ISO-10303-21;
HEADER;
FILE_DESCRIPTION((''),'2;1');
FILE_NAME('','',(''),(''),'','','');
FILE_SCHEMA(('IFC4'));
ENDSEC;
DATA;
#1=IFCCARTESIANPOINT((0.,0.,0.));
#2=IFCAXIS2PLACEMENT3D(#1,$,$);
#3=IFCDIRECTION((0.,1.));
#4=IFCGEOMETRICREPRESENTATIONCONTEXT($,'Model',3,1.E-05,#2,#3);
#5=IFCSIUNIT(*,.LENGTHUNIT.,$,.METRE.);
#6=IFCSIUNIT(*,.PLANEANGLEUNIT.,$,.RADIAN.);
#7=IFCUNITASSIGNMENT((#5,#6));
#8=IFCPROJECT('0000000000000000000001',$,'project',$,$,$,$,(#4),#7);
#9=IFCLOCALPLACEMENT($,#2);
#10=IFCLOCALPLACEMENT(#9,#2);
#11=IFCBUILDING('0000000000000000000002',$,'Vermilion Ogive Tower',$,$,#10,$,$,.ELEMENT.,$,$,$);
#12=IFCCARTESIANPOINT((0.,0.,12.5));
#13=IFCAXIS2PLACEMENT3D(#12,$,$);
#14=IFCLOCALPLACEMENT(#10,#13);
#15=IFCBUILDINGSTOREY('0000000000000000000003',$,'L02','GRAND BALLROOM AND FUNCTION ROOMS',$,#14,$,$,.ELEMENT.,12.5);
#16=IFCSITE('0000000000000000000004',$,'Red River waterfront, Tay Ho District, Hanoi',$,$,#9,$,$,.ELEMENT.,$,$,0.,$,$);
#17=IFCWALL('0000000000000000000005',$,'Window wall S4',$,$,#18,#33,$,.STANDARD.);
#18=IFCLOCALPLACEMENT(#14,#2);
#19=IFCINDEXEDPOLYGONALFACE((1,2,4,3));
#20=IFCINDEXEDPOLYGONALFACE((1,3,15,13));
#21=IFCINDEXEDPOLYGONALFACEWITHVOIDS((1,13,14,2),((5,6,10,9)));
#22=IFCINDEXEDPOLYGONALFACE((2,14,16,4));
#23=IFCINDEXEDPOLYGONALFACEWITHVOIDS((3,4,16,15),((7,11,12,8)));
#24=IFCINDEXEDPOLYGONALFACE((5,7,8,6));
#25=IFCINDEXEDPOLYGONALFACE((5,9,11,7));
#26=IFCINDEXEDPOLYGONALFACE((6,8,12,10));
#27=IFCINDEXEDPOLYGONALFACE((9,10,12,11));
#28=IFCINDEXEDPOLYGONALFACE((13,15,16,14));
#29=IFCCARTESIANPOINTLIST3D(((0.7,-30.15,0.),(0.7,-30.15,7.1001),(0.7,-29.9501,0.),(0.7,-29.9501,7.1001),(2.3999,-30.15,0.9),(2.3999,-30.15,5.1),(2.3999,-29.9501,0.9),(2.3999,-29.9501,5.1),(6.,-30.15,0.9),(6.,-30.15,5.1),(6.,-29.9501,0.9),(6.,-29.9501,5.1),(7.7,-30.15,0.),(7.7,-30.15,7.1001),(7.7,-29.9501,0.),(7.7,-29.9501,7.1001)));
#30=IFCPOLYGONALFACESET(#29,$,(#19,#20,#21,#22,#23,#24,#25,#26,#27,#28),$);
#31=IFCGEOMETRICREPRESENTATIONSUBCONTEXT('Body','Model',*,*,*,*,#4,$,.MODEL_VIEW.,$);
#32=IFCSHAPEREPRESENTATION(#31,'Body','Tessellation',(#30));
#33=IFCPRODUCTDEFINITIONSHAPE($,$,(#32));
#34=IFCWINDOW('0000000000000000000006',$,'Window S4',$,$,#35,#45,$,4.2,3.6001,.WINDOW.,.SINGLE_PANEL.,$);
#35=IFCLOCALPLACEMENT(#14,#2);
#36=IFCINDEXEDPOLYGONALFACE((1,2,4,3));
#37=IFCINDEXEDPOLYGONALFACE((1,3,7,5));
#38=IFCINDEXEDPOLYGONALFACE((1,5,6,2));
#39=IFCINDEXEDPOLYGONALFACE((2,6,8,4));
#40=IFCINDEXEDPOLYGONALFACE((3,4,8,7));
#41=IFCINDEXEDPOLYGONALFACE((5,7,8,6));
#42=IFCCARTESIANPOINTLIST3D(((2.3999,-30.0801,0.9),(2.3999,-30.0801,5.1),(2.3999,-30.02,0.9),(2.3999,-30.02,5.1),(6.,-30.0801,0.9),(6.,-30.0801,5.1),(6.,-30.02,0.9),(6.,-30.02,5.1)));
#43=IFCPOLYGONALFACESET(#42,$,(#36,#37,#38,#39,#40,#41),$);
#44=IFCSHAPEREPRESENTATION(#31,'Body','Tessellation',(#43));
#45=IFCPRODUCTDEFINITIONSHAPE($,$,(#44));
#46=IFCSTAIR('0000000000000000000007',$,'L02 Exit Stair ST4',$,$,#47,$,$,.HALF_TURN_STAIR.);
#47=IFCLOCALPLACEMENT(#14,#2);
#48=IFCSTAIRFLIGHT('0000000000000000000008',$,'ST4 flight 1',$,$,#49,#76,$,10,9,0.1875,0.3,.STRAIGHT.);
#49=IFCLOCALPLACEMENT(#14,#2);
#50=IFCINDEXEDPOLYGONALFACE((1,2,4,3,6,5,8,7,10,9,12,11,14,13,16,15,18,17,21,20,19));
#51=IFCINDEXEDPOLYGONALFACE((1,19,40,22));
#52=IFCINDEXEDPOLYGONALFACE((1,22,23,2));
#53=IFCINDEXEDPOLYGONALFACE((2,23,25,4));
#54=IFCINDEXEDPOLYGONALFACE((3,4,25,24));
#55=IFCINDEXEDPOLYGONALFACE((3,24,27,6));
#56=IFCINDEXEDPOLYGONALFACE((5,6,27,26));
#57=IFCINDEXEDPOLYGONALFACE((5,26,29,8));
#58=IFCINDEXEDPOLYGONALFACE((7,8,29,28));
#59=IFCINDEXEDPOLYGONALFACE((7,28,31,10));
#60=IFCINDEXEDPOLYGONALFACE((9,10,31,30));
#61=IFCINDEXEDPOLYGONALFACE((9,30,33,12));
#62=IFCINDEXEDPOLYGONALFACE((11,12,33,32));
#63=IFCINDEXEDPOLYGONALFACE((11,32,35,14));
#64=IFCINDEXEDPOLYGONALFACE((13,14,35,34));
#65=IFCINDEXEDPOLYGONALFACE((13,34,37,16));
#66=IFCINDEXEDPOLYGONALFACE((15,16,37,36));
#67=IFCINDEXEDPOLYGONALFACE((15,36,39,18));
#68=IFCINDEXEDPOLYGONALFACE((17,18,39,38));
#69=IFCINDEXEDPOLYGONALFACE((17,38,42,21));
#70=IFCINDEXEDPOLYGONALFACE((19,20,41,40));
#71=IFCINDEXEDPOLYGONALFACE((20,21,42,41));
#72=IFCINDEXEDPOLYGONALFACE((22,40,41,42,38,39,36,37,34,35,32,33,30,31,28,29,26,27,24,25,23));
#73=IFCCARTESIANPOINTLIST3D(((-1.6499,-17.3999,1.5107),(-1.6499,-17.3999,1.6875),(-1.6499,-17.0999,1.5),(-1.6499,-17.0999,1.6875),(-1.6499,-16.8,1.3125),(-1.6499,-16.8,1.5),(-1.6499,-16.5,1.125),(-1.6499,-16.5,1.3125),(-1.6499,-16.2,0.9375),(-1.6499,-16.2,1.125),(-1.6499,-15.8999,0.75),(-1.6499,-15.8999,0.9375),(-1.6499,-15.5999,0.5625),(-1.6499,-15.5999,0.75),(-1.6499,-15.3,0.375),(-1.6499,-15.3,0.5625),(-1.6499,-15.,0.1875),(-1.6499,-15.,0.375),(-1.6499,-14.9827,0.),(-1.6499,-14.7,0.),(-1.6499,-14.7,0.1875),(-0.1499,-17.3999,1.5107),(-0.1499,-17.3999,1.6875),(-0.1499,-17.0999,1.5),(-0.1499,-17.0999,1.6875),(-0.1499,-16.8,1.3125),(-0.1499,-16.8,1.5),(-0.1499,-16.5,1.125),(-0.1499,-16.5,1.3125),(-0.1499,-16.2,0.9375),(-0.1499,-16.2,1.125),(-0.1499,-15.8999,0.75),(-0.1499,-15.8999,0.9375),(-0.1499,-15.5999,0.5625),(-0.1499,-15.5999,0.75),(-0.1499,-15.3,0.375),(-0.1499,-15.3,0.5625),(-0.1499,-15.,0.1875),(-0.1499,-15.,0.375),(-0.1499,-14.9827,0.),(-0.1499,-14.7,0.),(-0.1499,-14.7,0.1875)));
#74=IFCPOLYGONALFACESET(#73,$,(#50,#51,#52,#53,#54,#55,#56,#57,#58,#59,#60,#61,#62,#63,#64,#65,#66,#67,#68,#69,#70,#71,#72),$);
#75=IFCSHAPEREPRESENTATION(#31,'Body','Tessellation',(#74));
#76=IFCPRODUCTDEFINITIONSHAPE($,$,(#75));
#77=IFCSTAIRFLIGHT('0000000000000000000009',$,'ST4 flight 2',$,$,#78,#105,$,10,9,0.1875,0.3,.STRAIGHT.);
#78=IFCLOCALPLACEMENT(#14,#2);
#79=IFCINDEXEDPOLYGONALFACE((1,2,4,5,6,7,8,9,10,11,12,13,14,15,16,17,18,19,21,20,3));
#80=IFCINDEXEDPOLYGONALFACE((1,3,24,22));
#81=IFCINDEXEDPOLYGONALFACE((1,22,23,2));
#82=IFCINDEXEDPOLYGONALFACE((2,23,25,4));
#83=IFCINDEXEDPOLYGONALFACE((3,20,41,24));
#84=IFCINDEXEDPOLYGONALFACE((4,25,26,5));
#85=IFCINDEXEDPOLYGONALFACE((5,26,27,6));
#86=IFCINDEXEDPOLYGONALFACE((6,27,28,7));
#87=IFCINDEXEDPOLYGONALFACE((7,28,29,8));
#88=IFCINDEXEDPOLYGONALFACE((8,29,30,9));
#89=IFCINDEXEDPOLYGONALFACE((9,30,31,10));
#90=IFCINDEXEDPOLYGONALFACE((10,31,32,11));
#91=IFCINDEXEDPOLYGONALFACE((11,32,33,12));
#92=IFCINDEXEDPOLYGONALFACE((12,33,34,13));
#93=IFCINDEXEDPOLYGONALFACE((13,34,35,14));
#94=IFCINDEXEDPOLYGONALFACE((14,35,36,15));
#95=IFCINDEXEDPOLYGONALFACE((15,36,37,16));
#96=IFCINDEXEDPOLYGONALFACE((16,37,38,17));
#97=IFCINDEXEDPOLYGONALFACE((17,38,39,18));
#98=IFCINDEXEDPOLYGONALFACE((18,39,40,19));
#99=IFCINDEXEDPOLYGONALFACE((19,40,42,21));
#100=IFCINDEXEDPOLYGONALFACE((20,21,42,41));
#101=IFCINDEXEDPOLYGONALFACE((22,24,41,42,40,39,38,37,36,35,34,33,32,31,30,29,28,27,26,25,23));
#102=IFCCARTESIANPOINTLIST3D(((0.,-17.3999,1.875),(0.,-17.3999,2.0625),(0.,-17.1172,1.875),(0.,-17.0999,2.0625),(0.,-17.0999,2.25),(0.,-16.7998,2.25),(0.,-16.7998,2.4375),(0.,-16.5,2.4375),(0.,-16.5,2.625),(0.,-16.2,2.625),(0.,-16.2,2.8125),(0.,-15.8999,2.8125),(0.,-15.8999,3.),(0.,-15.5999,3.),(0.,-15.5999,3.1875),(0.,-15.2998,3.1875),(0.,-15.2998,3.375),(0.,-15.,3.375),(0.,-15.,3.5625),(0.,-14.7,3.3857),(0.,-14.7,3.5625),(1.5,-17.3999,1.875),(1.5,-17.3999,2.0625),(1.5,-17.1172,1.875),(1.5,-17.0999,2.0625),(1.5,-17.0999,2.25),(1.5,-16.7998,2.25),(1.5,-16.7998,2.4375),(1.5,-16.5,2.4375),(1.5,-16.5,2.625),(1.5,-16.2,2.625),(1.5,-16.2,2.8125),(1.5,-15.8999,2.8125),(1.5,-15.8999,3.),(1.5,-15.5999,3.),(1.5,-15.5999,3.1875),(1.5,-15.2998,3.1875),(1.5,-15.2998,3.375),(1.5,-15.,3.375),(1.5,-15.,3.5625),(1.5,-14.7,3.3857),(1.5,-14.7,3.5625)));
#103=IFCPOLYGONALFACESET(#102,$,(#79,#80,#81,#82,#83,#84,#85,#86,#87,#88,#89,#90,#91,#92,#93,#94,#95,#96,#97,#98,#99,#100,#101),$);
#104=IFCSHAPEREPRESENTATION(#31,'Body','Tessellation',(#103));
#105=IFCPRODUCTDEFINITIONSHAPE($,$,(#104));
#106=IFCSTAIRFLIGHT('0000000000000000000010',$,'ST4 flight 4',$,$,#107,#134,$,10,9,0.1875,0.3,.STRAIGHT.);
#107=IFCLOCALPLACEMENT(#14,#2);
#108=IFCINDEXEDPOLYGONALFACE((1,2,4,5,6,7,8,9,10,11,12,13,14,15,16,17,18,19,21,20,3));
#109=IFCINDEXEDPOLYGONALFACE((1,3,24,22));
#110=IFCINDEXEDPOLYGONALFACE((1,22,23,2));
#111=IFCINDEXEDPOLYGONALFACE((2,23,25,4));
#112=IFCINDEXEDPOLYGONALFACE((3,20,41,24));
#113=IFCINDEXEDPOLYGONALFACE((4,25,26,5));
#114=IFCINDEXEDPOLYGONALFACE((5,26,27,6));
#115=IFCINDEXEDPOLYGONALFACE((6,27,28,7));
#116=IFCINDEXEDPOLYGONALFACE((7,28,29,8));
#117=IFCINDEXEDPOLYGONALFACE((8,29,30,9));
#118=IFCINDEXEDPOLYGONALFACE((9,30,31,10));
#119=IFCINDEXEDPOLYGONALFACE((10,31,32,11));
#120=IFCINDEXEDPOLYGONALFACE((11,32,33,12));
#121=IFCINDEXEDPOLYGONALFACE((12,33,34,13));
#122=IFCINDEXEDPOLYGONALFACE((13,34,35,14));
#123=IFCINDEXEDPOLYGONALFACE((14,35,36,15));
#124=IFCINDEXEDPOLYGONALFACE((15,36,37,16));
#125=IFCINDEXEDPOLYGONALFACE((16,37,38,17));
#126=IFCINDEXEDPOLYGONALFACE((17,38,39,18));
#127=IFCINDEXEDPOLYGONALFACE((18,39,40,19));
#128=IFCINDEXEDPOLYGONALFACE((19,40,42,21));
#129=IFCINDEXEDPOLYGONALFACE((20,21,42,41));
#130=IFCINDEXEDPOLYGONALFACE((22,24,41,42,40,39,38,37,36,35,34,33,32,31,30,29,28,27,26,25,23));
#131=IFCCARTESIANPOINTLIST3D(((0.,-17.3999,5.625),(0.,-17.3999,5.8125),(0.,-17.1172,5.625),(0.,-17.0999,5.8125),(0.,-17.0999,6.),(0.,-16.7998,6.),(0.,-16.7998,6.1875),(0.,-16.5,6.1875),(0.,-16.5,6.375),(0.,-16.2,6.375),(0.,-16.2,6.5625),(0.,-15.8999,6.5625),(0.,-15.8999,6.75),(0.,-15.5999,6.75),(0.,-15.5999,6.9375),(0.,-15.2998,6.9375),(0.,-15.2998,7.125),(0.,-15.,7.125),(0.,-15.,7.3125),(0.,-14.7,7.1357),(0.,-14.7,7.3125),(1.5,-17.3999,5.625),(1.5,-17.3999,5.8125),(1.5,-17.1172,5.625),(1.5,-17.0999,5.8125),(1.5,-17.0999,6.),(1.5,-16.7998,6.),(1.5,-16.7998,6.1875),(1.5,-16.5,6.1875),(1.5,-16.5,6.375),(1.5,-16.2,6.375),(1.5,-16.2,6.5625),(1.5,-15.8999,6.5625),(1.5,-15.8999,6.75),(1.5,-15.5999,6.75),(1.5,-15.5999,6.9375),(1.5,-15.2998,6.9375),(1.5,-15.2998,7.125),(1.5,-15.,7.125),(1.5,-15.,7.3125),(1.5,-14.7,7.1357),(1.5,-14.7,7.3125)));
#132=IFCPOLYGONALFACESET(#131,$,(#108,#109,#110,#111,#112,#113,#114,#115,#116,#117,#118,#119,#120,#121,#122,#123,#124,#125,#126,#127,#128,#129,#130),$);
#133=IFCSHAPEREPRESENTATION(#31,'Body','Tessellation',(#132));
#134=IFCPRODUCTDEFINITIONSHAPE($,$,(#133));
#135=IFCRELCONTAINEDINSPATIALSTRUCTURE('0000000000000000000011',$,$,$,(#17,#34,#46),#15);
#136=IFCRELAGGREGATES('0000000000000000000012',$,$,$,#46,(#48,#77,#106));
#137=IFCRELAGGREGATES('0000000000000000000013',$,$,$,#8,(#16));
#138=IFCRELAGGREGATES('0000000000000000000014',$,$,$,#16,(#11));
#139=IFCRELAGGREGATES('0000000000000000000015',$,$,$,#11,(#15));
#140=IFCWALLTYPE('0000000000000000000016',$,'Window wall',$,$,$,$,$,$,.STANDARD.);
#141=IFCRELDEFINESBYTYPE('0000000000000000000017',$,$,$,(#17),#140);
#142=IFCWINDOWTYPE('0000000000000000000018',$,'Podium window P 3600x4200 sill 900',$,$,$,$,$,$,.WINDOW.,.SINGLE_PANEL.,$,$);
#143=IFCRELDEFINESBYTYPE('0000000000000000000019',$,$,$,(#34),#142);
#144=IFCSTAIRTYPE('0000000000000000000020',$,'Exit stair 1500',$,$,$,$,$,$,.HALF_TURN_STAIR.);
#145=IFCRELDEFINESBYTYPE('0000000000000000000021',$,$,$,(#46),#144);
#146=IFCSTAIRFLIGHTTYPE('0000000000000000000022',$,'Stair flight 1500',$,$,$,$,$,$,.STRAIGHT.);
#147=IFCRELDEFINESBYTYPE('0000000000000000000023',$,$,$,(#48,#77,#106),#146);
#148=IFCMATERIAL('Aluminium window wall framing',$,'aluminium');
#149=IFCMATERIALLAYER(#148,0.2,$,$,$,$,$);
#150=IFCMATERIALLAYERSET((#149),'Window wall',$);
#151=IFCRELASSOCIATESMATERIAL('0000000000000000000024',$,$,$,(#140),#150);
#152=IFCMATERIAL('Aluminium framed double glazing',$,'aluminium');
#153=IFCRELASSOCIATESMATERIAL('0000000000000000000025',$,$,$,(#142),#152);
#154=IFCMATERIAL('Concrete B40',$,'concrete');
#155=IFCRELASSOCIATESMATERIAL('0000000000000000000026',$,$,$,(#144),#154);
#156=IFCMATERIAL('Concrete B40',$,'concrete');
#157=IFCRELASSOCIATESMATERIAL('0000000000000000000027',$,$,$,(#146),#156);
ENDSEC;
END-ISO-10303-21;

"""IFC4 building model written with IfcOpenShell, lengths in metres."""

from ifc_helpers import new_model, si_unit, direction, frame, frame_2d, origin, place, context, subcontext, project, spatial, polyline, rectangle, outline, extrude, material, layer, layer_set, type_object, element, fill, aggregate, save


model = new_model("IFC4")

# Units and contexts
model_context = context("Model", 3, precision=1e-05, world=origin(), true_north=direction((0.0, 1.0)))
body_context = subcontext(model_context, "Body", "Model", "MODEL_VIEW")
ifc_project = project(units=[si_unit("LENGTHUNIT", "METRE"), si_unit("PLANEANGLEUNIT", "RADIAN")], contexts=[model_context])

# Site, building, storey
site_placement = place(None, origin())
site = spatial("IfcSite", under=ifc_project, at=site_placement, Name="Red River waterfront, Tay Ho District, Hanoi", CompositionType="ELEMENT", RefElevation=0.0)
building_placement = place(site_placement, origin())
building = spatial("IfcBuilding", under=site, at=building_placement, Name="Vermilion Ogive Tower", CompositionType="ELEMENT")
storey_placement = place(building_placement, frame((0.0, 0.0, 12.5)))
storey = spatial("IfcBuildingStorey", under=building, at=storey_placement, Name="L02", Description="GRAND BALLROOM AND FUNCTION ROOMS", CompositionType="ELEMENT", Elevation=12.5)

# Wall, opening, window
ifc_material_1 = material(Name="Aluminium window wall framing", Category="aluminium")
ifc_layer_1 = layer(ifc_material_1, 0.2)
ifc_layer_set_1 = layer_set([ifc_layer_1], Name="Window wall")
wall_type_1 = type_object("IfcWallType", Name="Window wall", PredefinedType="STANDARD", material=ifc_layer_set_1)
wall_1_placement = place(storey_placement, frame((0.7, -30.05, 0.0), z_axis=(0.0, 0.0, 1.0), x_axis=(1.0, 0.0, 0.0)))
wall_1 = element("IfcWall", 1, at=wall_1_placement, inside=storey, type_object=wall_type_1, Name="Window wall S4", PredefinedType="STANDARD", context=body_context, shape_type="SweptSolid", body=[
    extrude(rectangle(XDim=7.0, YDim=0.2, at=frame_2d((3.5, 0.0))), origin(), (0.0, 0.0, 1.0), 7.1001),
])
opening_placement = place(wall_1_placement, frame((1.7, 0.0, 0.8999)))
opening = element("IfcOpeningElement", 2, at=opening_placement, cuts=wall_1, PredefinedType="OPENING", context=body_context, shape_type="SweptSolid", body=[
    extrude(rectangle(XDim=3.6001, YDim=4.2, at=frame_2d((1.8, 2.1001))), frame((0.0, 0.1099, 0.0), z_axis=(0.0, -1.0, 0.0), x_axis=(1.0, 0.0, 0.0)), (0.0, 0.0, 1.0), 0.22),
])
ifc_material_2 = material(Name="Aluminium framed double glazing", Category="aluminium")
window_type = type_object("IfcWindowType", Name="Podium window P 3600x4200 sill 900", PartitioningType="SINGLE_PANEL", PredefinedType="WINDOW", material=ifc_material_2)
window_placement = place(opening_placement, origin())
window = element("IfcWindow", 3, at=window_placement, inside=storey, type_object=window_type, Name="Window S4", OverallHeight=4.2, OverallWidth=3.6001, PartitioningType="SINGLE_PANEL", PredefinedType="WINDOW", context=body_context, shape_type="SweptSolid", body=[
    extrude(rectangle(XDim=3.6001, YDim=4.2, at=frame_2d((1.8, 2.1001))), frame((0.0, 0.03, 0.0), z_axis=(0.0, -1.0, 0.0), x_axis=(1.0, 0.0, 0.0)), (0.0, 0.0, 1.0), 0.0601),
])
fill(opening, window)

# Stair, stair flights
ifc_material_3 = material(Name="Concrete B40", Category="concrete")
stair_type = type_object("IfcStairType", Name="Exit stair 1500", PredefinedType="HALF_TURN_STAIR", material=ifc_material_3)
stair_placement = place(storey_placement, origin())
stair = element("IfcStair", 4, at=stair_placement, inside=storey, type_object=stair_type, Name="L02 Exit Stair ST4", PredefinedType="HALF_TURN_STAIR")
ifc_material_4 = material(Name="Concrete B40", Category="concrete")
stair_flight_type = type_object("IfcStairFlightType", Name="Stair flight 1500", PredefinedType="STRAIGHT", material=ifc_material_4)
stair_flight_1_placement = place(storey_placement, frame((-0.8999, -14.7, 0.0), z_axis=(0.0, 0.0, 1.0), x_axis=(0.0, -1.0, 0.0)))
stair_flight_1 = element("IfcStairFlight", 5, at=stair_flight_1_placement, type_object=stair_flight_type, Name="ST4 flight 1", NumberOfRisers=10, NumberOfTreads=9, PredefinedType="STRAIGHT", RiserHeight=0.1875, TreadLength=0.3, context=body_context, shape_type="SweptSolid", body=[
    extrude(outline(polyline([(0.0, 0.0), (0.0, 0.1875), (0.3, 0.1875), (0.3, 0.375), (0.6001, 0.375), (0.6001, 0.5625), (0.8999, 0.5625), (0.8999, 0.75), (1.2, 0.75), (1.2, 0.9375), (1.5, 0.9375), (1.5, 1.125), (1.8, 1.125), (1.8, 1.3125), (2.1001, 1.3125), (2.1001, 1.5), (2.3999, 1.5), (2.3999, 1.6875), (2.7, 1.6875), (2.7, 1.875), (2.7, 1.5107), (0.2827, 0.0), (0.0, 0.0)])), frame((0.0, 0.75, 0.0), z_axis=(0.0, -1.0, 0.0), x_axis=(1.0, 0.0, 0.0)), (0.0, 0.0, 1.0), 1.5),
])
stair_flight_2_placement = place(storey_placement, frame((0.75, -17.3999, 1.875), z_axis=(0.0, 0.0, 1.0), x_axis=(0.0, 1.0, 0.0)))
stair_flight_2 = element("IfcStairFlight", 6, at=stair_flight_2_placement, type_object=stair_flight_type, Name="ST4 flight 2", NumberOfRisers=10, NumberOfTreads=9, PredefinedType="STRAIGHT", RiserHeight=0.1875, TreadLength=0.3, context=body_context, shape_type="SweptSolid", body=[
    extrude(outline(polyline([(0.0, 0.0), (0.0, 0.1875), (0.3, 0.1875), (0.3, 0.375), (0.6001, 0.375), (0.6001, 0.5625), (0.8999, 0.5625), (0.8999, 0.75), (1.2, 0.75), (1.2, 0.9375), (1.5, 0.9375), (1.5, 1.125), (1.8, 1.125), (1.8, 1.3125), (2.1001, 1.3125), (2.1001, 1.5), (2.3999, 1.5), (2.3999, 1.6875), (2.7, 1.6875), (2.7, 1.875), (2.7, 1.5107), (0.2827, 0.0), (0.0, 0.0)])), frame((0.0, 0.75, 0.0), z_axis=(0.0, -1.0, 0.0), x_axis=(1.0, 0.0, 0.0)), (0.0, 0.0, 1.0), 1.5),
])
stair_flight_3_placement = place(storey_placement, frame((0.75, -17.3999, 5.625), z_axis=(0.0, 0.0, 1.0), x_axis=(0.0, 1.0, 0.0)))
stair_flight_3 = element("IfcStairFlight", 7, at=stair_flight_3_placement, type_object=stair_flight_type, Name="ST4 flight 4", NumberOfRisers=10, NumberOfTreads=9, PredefinedType="STRAIGHT", RiserHeight=0.1875, TreadLength=0.3, context=body_context, shape_type="SweptSolid", body=[
    extrude(outline(polyline([(0.0, 0.0), (0.0, 0.1875), (0.3, 0.1875), (0.3, 0.375), (0.6001, 0.375), (0.6001, 0.5625), (0.8999, 0.5625), (0.8999, 0.75), (1.2, 0.75), (1.2, 0.9375), (1.5, 0.9375), (1.5, 1.125), (1.8, 1.125), (1.8, 1.3125), (2.1001, 1.3125), (2.1001, 1.5), (2.3999, 1.5), (2.3999, 1.6875), (2.7, 1.6875), (2.7, 1.875), (2.7, 1.5107), (0.2827, 0.0), (0.0, 0.0)])), frame((0.0, 0.75, 0.0), z_axis=(0.0, -1.0, 0.0), x_axis=(1.0, 0.0, 0.0)), (0.0, 0.0, 1.0), 1.5),
])
aggregate(stair, [stair_flight_1, stair_flight_2, stair_flight_3])

save(model, "model.ifc")
